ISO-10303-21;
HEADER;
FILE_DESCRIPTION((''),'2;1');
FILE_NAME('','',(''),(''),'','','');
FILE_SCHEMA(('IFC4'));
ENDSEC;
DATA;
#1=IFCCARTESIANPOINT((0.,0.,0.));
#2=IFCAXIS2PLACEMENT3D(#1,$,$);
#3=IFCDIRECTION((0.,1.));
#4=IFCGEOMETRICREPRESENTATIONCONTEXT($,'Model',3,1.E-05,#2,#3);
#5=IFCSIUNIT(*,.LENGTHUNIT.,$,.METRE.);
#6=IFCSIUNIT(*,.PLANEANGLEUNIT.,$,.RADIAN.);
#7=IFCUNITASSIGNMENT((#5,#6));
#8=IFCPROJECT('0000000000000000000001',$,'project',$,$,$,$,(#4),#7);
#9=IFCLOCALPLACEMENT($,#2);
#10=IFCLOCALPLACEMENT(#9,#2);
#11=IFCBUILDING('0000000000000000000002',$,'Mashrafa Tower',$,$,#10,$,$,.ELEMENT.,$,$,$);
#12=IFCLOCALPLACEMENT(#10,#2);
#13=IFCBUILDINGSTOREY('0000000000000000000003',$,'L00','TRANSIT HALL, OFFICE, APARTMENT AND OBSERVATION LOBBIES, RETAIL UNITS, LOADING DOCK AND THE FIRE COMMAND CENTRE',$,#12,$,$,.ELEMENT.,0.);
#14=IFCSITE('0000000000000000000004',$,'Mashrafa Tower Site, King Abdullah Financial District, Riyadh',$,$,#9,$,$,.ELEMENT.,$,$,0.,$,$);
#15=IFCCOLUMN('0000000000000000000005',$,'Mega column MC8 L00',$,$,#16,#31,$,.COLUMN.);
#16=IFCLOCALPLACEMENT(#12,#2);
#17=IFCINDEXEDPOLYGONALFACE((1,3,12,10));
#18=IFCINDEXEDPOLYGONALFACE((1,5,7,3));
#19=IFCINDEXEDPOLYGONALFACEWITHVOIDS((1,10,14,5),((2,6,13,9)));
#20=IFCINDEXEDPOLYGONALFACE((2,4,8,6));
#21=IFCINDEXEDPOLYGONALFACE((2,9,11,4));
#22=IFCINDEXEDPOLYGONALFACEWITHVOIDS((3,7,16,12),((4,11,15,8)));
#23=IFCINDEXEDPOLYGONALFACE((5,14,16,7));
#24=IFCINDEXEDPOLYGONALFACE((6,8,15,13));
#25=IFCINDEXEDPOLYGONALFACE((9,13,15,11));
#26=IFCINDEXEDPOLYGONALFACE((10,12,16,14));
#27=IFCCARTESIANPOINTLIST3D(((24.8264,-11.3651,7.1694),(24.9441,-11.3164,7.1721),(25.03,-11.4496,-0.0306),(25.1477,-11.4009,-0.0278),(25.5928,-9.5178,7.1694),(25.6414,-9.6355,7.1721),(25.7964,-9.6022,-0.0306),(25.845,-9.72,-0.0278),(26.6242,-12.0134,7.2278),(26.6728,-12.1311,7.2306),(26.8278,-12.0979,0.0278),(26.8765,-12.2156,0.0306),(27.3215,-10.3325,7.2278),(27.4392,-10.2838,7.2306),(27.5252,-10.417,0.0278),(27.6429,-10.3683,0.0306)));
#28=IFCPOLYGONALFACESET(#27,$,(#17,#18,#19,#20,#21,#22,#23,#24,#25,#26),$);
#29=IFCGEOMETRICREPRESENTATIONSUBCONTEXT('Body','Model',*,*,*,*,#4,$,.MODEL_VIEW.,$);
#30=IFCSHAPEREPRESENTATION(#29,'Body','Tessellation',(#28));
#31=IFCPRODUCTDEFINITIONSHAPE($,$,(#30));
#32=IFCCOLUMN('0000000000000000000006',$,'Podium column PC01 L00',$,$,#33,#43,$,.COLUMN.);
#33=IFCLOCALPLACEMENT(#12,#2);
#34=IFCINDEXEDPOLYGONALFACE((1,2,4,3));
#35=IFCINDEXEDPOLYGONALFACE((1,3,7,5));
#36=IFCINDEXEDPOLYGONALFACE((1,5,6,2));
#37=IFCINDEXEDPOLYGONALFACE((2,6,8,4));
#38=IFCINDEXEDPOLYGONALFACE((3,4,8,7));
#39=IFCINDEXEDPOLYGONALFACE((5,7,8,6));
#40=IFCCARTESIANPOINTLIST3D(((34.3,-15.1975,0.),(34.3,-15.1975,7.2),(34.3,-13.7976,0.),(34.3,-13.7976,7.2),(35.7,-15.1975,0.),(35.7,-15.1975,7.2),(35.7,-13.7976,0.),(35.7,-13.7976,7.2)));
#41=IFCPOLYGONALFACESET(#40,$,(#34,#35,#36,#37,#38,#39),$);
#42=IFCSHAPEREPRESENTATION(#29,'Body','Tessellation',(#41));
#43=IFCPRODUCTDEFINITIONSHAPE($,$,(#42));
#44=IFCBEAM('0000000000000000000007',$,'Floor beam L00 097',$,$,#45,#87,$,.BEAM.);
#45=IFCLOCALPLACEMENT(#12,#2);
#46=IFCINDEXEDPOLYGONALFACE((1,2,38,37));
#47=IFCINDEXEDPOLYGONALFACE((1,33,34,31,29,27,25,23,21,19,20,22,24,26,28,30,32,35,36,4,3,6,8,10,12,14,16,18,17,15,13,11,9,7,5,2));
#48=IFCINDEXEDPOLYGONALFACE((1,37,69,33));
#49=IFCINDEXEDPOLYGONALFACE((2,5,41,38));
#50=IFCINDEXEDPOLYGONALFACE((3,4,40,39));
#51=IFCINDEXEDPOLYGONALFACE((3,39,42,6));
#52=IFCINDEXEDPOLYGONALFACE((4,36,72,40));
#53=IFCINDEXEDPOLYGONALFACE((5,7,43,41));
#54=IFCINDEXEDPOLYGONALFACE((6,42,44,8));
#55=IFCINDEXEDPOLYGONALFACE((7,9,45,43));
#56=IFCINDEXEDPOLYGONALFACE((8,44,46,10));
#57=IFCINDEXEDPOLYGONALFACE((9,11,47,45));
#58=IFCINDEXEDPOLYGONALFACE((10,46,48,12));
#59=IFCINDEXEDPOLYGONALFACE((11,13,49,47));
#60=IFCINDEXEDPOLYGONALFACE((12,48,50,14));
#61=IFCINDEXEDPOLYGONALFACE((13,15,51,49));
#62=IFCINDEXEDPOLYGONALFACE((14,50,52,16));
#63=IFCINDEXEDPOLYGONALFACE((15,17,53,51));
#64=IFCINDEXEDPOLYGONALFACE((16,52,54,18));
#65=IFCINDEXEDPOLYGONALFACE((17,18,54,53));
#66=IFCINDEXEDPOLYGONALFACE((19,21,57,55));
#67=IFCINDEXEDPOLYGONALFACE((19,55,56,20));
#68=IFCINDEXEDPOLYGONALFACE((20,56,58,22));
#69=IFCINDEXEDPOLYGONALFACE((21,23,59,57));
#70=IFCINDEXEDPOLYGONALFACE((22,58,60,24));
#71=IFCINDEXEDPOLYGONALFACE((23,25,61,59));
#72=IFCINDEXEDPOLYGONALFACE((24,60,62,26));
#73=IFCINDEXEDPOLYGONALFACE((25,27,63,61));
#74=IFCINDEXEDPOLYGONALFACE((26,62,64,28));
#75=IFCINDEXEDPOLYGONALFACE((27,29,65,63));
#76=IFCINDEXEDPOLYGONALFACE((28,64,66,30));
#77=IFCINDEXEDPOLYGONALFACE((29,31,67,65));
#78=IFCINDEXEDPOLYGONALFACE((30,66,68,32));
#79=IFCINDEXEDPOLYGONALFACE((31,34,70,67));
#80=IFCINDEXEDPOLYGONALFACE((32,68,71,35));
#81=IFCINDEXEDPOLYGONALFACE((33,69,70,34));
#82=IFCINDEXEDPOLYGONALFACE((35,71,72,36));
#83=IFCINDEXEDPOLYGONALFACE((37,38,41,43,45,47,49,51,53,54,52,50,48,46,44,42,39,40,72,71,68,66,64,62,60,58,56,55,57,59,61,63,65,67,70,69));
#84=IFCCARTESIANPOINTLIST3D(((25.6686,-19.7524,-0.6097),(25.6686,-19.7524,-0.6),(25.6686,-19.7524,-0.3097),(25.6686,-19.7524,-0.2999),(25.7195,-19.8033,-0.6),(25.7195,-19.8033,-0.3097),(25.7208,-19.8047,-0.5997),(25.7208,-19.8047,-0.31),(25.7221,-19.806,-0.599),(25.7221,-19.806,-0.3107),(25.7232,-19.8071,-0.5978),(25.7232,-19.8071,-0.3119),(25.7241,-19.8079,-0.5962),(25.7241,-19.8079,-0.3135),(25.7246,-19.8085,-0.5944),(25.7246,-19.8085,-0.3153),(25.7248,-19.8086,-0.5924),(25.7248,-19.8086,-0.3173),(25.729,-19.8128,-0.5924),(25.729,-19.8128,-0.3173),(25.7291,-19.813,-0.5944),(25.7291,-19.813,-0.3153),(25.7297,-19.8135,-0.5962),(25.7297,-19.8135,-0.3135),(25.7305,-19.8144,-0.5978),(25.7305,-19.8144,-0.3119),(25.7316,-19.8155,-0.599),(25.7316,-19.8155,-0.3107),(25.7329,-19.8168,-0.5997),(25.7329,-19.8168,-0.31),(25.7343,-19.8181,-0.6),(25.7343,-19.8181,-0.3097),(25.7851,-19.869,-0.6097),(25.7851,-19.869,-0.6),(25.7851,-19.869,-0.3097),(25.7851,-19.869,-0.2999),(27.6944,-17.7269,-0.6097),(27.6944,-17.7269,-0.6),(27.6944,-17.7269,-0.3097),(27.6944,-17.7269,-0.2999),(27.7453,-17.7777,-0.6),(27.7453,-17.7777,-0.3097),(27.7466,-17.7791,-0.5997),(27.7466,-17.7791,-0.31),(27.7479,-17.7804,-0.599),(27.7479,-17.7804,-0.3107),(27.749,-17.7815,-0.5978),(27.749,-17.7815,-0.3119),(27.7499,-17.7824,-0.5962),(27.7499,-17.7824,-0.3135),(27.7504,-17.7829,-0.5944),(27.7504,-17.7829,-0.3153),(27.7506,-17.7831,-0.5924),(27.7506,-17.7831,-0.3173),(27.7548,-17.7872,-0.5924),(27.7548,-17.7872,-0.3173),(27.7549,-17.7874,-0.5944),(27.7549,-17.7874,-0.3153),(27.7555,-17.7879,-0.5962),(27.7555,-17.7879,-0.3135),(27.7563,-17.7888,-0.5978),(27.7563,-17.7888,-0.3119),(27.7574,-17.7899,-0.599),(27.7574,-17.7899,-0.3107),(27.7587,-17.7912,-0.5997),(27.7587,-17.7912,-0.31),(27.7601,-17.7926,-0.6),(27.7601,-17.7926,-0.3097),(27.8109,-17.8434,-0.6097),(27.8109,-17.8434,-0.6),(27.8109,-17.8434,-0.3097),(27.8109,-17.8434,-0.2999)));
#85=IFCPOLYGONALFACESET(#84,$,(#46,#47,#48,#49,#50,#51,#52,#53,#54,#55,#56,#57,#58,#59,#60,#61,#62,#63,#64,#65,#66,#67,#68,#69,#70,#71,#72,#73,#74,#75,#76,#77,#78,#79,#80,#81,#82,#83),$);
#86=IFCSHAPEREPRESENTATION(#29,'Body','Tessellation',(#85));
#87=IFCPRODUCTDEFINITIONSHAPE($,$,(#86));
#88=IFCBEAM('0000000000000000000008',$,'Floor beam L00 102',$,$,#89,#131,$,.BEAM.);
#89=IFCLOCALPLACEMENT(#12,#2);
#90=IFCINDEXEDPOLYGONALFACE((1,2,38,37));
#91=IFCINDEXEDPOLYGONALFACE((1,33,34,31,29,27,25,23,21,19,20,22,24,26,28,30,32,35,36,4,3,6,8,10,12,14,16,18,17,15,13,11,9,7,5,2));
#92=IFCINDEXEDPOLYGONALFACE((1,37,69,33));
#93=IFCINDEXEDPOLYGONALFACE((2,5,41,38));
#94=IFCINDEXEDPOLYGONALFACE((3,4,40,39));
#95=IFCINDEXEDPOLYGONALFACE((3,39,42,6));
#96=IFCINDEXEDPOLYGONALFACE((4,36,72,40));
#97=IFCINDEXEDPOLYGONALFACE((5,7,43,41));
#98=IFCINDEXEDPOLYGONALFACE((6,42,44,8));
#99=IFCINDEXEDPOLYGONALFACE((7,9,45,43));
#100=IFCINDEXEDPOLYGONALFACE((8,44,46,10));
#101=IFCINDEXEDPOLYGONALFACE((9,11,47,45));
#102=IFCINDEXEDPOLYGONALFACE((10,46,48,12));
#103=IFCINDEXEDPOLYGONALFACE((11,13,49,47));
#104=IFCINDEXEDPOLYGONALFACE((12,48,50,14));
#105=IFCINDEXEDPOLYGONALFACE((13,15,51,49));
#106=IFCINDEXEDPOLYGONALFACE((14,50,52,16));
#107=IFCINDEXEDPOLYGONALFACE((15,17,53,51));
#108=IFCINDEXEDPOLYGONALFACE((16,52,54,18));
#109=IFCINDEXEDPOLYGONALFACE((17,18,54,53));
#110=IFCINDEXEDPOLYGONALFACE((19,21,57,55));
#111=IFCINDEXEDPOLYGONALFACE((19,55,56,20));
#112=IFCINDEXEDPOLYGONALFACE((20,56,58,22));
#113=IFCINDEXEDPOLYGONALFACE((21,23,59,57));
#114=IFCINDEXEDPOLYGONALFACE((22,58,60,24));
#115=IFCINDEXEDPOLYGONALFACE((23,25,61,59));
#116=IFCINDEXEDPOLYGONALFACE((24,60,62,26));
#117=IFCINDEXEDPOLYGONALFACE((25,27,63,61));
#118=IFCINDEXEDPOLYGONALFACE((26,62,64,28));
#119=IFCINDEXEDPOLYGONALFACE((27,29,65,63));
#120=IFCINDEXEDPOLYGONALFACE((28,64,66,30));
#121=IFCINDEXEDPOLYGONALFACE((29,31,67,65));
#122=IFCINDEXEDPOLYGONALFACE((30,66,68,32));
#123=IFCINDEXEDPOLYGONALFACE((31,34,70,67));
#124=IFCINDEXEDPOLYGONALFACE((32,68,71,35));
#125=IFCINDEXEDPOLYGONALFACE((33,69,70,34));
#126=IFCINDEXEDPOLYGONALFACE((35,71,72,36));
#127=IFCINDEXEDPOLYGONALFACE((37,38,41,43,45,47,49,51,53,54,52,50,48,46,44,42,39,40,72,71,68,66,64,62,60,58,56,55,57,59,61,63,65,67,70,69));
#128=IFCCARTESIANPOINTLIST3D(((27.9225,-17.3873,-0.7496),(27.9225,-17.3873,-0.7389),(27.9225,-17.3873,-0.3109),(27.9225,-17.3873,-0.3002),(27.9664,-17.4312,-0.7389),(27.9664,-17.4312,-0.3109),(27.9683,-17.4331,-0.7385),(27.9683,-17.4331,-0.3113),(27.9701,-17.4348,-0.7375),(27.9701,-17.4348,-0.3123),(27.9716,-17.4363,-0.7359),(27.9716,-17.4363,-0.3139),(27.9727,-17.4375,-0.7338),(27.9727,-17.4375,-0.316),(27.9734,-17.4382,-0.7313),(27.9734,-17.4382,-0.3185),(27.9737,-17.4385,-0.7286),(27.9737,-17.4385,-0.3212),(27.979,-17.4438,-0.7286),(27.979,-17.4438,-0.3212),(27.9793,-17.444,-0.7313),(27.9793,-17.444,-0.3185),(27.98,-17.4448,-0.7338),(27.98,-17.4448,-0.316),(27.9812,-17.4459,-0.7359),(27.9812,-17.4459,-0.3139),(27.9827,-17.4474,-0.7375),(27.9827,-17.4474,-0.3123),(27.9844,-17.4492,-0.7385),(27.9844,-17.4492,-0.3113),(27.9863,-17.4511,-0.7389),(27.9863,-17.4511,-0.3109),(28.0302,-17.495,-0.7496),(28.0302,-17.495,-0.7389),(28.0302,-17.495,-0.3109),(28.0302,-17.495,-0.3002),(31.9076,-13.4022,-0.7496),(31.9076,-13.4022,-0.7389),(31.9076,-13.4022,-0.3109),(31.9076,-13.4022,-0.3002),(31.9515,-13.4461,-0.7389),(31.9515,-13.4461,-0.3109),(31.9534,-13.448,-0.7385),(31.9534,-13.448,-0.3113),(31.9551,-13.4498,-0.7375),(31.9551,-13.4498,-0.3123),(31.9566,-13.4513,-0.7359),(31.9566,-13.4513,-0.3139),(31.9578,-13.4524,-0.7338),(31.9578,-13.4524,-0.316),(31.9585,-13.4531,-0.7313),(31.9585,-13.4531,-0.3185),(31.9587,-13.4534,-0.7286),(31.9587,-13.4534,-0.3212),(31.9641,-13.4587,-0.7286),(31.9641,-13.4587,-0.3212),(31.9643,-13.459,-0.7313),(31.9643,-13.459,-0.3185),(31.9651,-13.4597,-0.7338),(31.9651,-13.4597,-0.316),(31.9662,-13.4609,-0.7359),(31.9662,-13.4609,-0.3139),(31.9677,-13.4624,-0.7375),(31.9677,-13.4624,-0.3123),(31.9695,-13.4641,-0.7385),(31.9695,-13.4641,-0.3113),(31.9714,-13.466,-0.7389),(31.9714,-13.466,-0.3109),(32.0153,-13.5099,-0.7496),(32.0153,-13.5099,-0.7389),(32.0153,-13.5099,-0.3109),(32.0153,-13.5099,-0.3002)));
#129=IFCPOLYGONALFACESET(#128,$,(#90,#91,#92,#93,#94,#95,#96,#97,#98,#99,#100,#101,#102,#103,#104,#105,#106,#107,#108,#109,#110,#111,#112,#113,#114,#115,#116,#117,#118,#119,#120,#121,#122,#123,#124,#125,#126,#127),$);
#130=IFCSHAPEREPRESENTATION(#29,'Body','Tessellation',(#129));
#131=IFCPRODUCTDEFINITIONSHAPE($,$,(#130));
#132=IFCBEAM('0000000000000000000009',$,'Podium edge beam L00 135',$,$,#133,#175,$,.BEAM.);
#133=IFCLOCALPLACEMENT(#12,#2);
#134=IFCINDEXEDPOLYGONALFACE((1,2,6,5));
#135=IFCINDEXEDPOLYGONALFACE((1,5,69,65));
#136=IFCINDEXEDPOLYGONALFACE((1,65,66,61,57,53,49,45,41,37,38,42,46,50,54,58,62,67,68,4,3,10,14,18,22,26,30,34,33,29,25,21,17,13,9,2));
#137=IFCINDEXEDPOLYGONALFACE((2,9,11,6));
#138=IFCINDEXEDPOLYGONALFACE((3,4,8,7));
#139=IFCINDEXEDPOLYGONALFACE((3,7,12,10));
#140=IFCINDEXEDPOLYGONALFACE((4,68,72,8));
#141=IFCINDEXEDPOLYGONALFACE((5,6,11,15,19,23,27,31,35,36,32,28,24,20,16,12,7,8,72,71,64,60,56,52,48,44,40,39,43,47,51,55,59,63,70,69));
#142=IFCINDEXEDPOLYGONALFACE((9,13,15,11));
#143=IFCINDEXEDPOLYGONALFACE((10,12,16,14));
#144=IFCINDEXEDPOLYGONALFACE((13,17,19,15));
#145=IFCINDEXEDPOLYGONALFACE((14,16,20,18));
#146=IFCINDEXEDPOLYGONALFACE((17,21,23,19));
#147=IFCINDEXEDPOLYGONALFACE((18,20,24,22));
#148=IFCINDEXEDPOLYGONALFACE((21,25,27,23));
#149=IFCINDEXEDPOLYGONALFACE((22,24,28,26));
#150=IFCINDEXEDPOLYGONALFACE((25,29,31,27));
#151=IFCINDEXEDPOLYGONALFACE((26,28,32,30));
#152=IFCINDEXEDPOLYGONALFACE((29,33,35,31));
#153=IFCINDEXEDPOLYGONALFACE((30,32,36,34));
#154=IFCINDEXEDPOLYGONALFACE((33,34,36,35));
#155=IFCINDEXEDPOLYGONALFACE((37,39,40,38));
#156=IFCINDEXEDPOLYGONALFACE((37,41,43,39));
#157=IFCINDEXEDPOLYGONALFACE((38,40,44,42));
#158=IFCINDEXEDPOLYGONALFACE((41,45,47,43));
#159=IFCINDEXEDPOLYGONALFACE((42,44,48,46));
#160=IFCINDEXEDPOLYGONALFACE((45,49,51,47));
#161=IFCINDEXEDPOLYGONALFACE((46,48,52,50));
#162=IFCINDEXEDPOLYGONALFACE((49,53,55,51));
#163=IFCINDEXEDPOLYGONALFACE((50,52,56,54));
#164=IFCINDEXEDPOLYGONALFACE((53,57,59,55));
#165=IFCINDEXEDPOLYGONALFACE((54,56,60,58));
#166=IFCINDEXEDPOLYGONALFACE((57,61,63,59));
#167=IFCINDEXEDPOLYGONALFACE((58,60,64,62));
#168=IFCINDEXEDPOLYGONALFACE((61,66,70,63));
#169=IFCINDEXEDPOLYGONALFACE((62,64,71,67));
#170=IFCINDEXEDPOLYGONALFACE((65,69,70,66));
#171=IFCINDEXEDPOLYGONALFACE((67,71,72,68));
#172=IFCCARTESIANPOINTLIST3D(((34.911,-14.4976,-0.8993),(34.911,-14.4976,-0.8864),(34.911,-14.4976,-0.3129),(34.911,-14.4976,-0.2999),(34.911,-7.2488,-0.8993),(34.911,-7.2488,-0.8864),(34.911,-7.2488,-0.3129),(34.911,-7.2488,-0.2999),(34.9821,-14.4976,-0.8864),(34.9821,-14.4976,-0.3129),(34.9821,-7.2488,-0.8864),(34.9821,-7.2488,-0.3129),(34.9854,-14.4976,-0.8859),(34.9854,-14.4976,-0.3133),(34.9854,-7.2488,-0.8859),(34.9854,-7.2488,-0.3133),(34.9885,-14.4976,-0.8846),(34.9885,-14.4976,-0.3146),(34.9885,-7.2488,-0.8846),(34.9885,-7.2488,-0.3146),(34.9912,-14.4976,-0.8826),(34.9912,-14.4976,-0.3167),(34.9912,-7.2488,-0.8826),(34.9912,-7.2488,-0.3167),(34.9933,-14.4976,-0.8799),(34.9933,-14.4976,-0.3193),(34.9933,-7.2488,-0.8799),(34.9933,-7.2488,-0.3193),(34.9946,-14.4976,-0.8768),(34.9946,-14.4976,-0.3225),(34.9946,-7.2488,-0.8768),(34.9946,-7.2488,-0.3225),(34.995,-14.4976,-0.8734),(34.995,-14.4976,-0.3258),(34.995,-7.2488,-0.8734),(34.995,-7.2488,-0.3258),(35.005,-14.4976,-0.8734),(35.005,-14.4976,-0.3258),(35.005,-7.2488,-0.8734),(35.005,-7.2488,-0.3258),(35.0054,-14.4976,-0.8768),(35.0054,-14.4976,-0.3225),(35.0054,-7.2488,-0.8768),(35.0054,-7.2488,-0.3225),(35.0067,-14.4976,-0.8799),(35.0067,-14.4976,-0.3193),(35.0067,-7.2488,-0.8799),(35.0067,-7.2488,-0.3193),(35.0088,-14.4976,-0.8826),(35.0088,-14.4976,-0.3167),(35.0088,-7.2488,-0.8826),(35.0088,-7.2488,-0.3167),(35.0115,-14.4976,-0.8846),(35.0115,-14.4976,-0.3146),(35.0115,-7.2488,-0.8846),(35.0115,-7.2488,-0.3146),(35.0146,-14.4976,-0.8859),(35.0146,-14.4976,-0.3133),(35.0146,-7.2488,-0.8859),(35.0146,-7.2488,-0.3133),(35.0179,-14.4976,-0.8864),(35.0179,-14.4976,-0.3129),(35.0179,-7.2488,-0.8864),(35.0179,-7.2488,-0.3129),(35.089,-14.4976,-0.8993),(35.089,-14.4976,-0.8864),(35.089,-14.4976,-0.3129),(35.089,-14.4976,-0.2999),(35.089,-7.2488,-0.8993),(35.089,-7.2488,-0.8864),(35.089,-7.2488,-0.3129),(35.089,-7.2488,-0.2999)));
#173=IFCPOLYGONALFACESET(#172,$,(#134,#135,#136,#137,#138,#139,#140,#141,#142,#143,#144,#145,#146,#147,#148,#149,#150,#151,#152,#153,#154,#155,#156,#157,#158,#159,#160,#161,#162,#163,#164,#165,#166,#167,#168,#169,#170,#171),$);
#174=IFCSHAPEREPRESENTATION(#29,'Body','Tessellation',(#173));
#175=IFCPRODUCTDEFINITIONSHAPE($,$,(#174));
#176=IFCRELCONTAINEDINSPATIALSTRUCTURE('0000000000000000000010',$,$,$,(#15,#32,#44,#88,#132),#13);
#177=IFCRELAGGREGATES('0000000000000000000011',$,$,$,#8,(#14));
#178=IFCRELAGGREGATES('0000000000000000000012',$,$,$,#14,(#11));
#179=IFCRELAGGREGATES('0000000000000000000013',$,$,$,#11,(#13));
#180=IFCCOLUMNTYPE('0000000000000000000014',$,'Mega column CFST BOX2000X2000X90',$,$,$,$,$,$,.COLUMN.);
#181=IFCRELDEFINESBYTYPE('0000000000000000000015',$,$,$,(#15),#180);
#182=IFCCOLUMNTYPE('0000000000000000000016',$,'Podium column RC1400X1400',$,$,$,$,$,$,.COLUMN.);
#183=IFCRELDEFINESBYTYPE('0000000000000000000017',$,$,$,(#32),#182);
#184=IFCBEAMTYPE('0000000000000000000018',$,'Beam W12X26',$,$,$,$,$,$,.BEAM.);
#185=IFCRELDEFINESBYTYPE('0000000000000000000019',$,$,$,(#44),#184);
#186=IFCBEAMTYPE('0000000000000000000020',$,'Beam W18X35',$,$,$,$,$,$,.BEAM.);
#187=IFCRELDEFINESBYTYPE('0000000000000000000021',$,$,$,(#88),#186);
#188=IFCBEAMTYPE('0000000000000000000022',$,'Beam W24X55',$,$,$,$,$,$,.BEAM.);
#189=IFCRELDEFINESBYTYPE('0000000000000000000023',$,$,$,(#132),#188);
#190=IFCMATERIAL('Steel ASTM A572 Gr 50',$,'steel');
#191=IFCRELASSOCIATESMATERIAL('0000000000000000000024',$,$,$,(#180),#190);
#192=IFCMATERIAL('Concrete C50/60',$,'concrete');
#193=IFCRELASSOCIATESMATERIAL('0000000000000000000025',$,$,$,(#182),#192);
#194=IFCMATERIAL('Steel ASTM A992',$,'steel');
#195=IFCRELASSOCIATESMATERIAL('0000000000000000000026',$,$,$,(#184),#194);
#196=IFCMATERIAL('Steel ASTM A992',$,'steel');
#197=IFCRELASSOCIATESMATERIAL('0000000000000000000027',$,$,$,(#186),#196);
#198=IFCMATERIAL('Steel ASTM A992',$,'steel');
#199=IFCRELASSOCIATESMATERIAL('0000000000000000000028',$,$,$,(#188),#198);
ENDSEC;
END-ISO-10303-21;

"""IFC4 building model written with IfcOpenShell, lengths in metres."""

from ifc_helpers import new_model, si_unit, direction, frame, origin, origin_2d, place, context, subcontext, project, spatial, rectangle, hollow_rectangle, i_section, extrude, material, material_profile, profile_set, type_object, element, save


model = new_model("IFC4")

# Units and contexts
model_context = context("Model", 3, precision=1e-05, world=origin(), true_north=direction((0.0, 1.0)))
body_context = subcontext(model_context, "Body", "Model", "MODEL_VIEW")
ifc_project = project(units=[si_unit("LENGTHUNIT", "METRE"), si_unit("PLANEANGLEUNIT", "RADIAN")], contexts=[model_context])

# Site, building, storey
site_placement = place(None, origin())
site = spatial("IfcSite", under=ifc_project, at=site_placement, Name="Mashrafa Tower Site, King Abdullah Financial District, Riyadh", CompositionType="ELEMENT", RefElevation=0.0)
building_placement = place(site_placement, origin())
building = spatial("IfcBuilding", under=site, at=building_placement, Name="Mashrafa Tower", CompositionType="ELEMENT")
storey_placement = place(building_placement, origin())
storey = spatial("IfcBuildingStorey", under=building, at=storey_placement, Name="L00", Description="TRANSIT HALL, OFFICE, APARTMENT AND OBSERVATION LOBBIES, RETAIL UNITS, LOADING DOCK AND THE FIRE COMMAND CENTRE", CompositionType="ELEMENT", Elevation=0.0)

# Columns
ifc_material_1 = material(Name="Steel ASTM A572 Gr 50", Category="steel")
ifc_material_profile_1 = material_profile(ifc_material_1, hollow_rectangle(XDim=2.0, YDim=2.0, WallThickness=0.0901, at=origin_2d()), Name="BOX2000X2000X90")
ifc_profile_set_1 = profile_set([ifc_material_profile_1], Name="Steel ASTM A572 Gr 50")
column_type_1 = type_object("IfcColumnType", Name="Mega column CFST BOX2000X2000X90", PredefinedType="COLUMN", material=ifc_profile_set_1)
column_1_placement = place(storey_placement, frame((26.3364, -10.9089, 0.0), z_axis=(-0.028267, 0.011727, 0.999532), x_axis=(-0.383199, -0.923666, 0.0)))
element("IfcColumn", 1, at=column_1_placement, inside=storey, type_object=column_type_1, Name="Mega column MC8 L00", PredefinedType="COLUMN", context=body_context, shape_type="SweptSolid", body=[
    extrude(hollow_rectangle(XDim=2.0, YDim=2.0, WallThickness=0.0901, at=origin_2d()), origin(), (0.0, 0.0, 1.0), 7.2034),
])
ifc_material_2 = material(Name="Concrete C50/60", Category="concrete")
ifc_material_profile_2 = material_profile(ifc_material_2, rectangle(XDim=1.3999, YDim=1.3999, at=origin_2d()), Name="RC1400X1400")
ifc_profile_set_2 = profile_set([ifc_material_profile_2], Name="Concrete C50/60")
column_type_2 = type_object("IfcColumnType", Name="Podium column RC1400X1400", PredefinedType="COLUMN", material=ifc_profile_set_2)
column_2_placement = place(storey_placement, frame((35.0, -14.4976, 0.0), z_axis=(0.0, 0.0, 1.0), x_axis=(1.0, 0.0, 0.0)))
element("IfcColumn", 2, at=column_2_placement, inside=storey, type_object=column_type_2, Name="Podium column PC01 L00", PredefinedType="COLUMN", context=body_context, shape_type="SweptSolid", body=[
    extrude(rectangle(XDim=1.3999, YDim=1.3999, at=origin_2d()), origin(), (0.0, 0.0, 1.0), 7.2),
])

# Beams
ifc_material_3 = material(Name="Steel ASTM A992", Category="steel")
ifc_material_profile_3 = material_profile(ifc_material_3, i_section(OverallWidth=0.1648, OverallDepth=0.3098, WebThickness=0.0059, FlangeThickness=0.0098, FilletRadius=0.0076, at=origin_2d()), Name="W12X26")
ifc_profile_set_3 = profile_set([ifc_material_profile_3], Name="Steel ASTM A992")
beam_type_1 = type_object("IfcBeamType", Name="Beam W12X26", PredefinedType="BEAM", material=ifc_profile_set_3)
beam_1_placement = place(storey_placement, frame((27.7527, -17.7852, -0.4548), z_axis=(-0.707149, -0.707064, 0.0), x_axis=(0.707064, -0.707149, 0.0)))
element("IfcBeam", 3, at=beam_1_placement, inside=storey, type_object=beam_type_1, Name="Floor beam L00 097", PredefinedType="BEAM", context=body_context, shape_type="SweptSolid", body=[
    extrude(i_section(OverallWidth=0.1648, OverallDepth=0.3098, WebThickness=0.0059, FlangeThickness=0.0098, FilletRadius=0.0076, at=origin_2d()), origin(), (0.0, 0.0, 1.0), 2.8647),
])
ifc_material_4 = material(Name="Steel ASTM A992", Category="steel")
ifc_material_profile_4 = material_profile(ifc_material_4, i_section(OverallWidth=0.1523, OverallDepth=0.4495, WebThickness=0.0076, FlangeThickness=0.0107, FilletRadius=0.0103, at=origin_2d()), Name="W18X35")
ifc_profile_set_4 = profile_set([ifc_material_profile_4], Name="Steel ASTM A992")
beam_type_2 = type_object("IfcBeamType", Name="Beam W18X35", PredefinedType="BEAM", material=ifc_profile_set_4)
beam_2_placement = place(storey_placement, frame((31.9614, -13.4561, -0.5249), z_axis=(-0.707107, -0.707107, 0.0), x_axis=(0.707107, -0.707107, 0.0)))
element("IfcBeam", 4, at=beam_2_placement, inside=storey, type_object=beam_type_2, Name="Floor beam L00 102", PredefinedType="BEAM", context=body_context, shape_type="SweptSolid", body=[
    extrude(i_section(OverallWidth=0.1523, OverallDepth=0.4495, WebThickness=0.0076, FlangeThickness=0.0107, FilletRadius=0.0103, at=origin_2d()), origin(), (0.0, 0.0, 1.0), 5.6357),
])
ifc_material_5 = material(Name="Steel ASTM A992", Category="steel")
ifc_material_profile_5 = material_profile(ifc_material_5, i_section(OverallWidth=0.178, OverallDepth=0.5994, WebThickness=0.01, FlangeThickness=0.0129, FilletRadius=0.0129, at=origin_2d()), Name="W24X55")
ifc_profile_set_5 = profile_set([ifc_material_profile_5], Name="Steel ASTM A992")
beam_type_3 = type_object("IfcBeamType", Name="Beam W24X55", PredefinedType="BEAM", material=ifc_profile_set_5)
beam_3_placement = place(storey_placement, frame((35.0, -14.4976, -0.5996), z_axis=(0.0, 1.0, 0.0), x_axis=(-1.0, 0.0, 0.0)))
element("IfcBeam", 5, at=beam_3_placement, inside=storey, type_object=beam_type_3, Name="Podium edge beam L00 135", PredefinedType="BEAM", context=body_context, shape_type="SweptSolid", body=[
    extrude(i_section(OverallWidth=0.178, OverallDepth=0.5994, WebThickness=0.01, FlangeThickness=0.0129, FilletRadius=0.0129, at=origin_2d()), origin(), (0.0, 0.0, 1.0), 7.2488),
])

save(model, "model.ifc")
